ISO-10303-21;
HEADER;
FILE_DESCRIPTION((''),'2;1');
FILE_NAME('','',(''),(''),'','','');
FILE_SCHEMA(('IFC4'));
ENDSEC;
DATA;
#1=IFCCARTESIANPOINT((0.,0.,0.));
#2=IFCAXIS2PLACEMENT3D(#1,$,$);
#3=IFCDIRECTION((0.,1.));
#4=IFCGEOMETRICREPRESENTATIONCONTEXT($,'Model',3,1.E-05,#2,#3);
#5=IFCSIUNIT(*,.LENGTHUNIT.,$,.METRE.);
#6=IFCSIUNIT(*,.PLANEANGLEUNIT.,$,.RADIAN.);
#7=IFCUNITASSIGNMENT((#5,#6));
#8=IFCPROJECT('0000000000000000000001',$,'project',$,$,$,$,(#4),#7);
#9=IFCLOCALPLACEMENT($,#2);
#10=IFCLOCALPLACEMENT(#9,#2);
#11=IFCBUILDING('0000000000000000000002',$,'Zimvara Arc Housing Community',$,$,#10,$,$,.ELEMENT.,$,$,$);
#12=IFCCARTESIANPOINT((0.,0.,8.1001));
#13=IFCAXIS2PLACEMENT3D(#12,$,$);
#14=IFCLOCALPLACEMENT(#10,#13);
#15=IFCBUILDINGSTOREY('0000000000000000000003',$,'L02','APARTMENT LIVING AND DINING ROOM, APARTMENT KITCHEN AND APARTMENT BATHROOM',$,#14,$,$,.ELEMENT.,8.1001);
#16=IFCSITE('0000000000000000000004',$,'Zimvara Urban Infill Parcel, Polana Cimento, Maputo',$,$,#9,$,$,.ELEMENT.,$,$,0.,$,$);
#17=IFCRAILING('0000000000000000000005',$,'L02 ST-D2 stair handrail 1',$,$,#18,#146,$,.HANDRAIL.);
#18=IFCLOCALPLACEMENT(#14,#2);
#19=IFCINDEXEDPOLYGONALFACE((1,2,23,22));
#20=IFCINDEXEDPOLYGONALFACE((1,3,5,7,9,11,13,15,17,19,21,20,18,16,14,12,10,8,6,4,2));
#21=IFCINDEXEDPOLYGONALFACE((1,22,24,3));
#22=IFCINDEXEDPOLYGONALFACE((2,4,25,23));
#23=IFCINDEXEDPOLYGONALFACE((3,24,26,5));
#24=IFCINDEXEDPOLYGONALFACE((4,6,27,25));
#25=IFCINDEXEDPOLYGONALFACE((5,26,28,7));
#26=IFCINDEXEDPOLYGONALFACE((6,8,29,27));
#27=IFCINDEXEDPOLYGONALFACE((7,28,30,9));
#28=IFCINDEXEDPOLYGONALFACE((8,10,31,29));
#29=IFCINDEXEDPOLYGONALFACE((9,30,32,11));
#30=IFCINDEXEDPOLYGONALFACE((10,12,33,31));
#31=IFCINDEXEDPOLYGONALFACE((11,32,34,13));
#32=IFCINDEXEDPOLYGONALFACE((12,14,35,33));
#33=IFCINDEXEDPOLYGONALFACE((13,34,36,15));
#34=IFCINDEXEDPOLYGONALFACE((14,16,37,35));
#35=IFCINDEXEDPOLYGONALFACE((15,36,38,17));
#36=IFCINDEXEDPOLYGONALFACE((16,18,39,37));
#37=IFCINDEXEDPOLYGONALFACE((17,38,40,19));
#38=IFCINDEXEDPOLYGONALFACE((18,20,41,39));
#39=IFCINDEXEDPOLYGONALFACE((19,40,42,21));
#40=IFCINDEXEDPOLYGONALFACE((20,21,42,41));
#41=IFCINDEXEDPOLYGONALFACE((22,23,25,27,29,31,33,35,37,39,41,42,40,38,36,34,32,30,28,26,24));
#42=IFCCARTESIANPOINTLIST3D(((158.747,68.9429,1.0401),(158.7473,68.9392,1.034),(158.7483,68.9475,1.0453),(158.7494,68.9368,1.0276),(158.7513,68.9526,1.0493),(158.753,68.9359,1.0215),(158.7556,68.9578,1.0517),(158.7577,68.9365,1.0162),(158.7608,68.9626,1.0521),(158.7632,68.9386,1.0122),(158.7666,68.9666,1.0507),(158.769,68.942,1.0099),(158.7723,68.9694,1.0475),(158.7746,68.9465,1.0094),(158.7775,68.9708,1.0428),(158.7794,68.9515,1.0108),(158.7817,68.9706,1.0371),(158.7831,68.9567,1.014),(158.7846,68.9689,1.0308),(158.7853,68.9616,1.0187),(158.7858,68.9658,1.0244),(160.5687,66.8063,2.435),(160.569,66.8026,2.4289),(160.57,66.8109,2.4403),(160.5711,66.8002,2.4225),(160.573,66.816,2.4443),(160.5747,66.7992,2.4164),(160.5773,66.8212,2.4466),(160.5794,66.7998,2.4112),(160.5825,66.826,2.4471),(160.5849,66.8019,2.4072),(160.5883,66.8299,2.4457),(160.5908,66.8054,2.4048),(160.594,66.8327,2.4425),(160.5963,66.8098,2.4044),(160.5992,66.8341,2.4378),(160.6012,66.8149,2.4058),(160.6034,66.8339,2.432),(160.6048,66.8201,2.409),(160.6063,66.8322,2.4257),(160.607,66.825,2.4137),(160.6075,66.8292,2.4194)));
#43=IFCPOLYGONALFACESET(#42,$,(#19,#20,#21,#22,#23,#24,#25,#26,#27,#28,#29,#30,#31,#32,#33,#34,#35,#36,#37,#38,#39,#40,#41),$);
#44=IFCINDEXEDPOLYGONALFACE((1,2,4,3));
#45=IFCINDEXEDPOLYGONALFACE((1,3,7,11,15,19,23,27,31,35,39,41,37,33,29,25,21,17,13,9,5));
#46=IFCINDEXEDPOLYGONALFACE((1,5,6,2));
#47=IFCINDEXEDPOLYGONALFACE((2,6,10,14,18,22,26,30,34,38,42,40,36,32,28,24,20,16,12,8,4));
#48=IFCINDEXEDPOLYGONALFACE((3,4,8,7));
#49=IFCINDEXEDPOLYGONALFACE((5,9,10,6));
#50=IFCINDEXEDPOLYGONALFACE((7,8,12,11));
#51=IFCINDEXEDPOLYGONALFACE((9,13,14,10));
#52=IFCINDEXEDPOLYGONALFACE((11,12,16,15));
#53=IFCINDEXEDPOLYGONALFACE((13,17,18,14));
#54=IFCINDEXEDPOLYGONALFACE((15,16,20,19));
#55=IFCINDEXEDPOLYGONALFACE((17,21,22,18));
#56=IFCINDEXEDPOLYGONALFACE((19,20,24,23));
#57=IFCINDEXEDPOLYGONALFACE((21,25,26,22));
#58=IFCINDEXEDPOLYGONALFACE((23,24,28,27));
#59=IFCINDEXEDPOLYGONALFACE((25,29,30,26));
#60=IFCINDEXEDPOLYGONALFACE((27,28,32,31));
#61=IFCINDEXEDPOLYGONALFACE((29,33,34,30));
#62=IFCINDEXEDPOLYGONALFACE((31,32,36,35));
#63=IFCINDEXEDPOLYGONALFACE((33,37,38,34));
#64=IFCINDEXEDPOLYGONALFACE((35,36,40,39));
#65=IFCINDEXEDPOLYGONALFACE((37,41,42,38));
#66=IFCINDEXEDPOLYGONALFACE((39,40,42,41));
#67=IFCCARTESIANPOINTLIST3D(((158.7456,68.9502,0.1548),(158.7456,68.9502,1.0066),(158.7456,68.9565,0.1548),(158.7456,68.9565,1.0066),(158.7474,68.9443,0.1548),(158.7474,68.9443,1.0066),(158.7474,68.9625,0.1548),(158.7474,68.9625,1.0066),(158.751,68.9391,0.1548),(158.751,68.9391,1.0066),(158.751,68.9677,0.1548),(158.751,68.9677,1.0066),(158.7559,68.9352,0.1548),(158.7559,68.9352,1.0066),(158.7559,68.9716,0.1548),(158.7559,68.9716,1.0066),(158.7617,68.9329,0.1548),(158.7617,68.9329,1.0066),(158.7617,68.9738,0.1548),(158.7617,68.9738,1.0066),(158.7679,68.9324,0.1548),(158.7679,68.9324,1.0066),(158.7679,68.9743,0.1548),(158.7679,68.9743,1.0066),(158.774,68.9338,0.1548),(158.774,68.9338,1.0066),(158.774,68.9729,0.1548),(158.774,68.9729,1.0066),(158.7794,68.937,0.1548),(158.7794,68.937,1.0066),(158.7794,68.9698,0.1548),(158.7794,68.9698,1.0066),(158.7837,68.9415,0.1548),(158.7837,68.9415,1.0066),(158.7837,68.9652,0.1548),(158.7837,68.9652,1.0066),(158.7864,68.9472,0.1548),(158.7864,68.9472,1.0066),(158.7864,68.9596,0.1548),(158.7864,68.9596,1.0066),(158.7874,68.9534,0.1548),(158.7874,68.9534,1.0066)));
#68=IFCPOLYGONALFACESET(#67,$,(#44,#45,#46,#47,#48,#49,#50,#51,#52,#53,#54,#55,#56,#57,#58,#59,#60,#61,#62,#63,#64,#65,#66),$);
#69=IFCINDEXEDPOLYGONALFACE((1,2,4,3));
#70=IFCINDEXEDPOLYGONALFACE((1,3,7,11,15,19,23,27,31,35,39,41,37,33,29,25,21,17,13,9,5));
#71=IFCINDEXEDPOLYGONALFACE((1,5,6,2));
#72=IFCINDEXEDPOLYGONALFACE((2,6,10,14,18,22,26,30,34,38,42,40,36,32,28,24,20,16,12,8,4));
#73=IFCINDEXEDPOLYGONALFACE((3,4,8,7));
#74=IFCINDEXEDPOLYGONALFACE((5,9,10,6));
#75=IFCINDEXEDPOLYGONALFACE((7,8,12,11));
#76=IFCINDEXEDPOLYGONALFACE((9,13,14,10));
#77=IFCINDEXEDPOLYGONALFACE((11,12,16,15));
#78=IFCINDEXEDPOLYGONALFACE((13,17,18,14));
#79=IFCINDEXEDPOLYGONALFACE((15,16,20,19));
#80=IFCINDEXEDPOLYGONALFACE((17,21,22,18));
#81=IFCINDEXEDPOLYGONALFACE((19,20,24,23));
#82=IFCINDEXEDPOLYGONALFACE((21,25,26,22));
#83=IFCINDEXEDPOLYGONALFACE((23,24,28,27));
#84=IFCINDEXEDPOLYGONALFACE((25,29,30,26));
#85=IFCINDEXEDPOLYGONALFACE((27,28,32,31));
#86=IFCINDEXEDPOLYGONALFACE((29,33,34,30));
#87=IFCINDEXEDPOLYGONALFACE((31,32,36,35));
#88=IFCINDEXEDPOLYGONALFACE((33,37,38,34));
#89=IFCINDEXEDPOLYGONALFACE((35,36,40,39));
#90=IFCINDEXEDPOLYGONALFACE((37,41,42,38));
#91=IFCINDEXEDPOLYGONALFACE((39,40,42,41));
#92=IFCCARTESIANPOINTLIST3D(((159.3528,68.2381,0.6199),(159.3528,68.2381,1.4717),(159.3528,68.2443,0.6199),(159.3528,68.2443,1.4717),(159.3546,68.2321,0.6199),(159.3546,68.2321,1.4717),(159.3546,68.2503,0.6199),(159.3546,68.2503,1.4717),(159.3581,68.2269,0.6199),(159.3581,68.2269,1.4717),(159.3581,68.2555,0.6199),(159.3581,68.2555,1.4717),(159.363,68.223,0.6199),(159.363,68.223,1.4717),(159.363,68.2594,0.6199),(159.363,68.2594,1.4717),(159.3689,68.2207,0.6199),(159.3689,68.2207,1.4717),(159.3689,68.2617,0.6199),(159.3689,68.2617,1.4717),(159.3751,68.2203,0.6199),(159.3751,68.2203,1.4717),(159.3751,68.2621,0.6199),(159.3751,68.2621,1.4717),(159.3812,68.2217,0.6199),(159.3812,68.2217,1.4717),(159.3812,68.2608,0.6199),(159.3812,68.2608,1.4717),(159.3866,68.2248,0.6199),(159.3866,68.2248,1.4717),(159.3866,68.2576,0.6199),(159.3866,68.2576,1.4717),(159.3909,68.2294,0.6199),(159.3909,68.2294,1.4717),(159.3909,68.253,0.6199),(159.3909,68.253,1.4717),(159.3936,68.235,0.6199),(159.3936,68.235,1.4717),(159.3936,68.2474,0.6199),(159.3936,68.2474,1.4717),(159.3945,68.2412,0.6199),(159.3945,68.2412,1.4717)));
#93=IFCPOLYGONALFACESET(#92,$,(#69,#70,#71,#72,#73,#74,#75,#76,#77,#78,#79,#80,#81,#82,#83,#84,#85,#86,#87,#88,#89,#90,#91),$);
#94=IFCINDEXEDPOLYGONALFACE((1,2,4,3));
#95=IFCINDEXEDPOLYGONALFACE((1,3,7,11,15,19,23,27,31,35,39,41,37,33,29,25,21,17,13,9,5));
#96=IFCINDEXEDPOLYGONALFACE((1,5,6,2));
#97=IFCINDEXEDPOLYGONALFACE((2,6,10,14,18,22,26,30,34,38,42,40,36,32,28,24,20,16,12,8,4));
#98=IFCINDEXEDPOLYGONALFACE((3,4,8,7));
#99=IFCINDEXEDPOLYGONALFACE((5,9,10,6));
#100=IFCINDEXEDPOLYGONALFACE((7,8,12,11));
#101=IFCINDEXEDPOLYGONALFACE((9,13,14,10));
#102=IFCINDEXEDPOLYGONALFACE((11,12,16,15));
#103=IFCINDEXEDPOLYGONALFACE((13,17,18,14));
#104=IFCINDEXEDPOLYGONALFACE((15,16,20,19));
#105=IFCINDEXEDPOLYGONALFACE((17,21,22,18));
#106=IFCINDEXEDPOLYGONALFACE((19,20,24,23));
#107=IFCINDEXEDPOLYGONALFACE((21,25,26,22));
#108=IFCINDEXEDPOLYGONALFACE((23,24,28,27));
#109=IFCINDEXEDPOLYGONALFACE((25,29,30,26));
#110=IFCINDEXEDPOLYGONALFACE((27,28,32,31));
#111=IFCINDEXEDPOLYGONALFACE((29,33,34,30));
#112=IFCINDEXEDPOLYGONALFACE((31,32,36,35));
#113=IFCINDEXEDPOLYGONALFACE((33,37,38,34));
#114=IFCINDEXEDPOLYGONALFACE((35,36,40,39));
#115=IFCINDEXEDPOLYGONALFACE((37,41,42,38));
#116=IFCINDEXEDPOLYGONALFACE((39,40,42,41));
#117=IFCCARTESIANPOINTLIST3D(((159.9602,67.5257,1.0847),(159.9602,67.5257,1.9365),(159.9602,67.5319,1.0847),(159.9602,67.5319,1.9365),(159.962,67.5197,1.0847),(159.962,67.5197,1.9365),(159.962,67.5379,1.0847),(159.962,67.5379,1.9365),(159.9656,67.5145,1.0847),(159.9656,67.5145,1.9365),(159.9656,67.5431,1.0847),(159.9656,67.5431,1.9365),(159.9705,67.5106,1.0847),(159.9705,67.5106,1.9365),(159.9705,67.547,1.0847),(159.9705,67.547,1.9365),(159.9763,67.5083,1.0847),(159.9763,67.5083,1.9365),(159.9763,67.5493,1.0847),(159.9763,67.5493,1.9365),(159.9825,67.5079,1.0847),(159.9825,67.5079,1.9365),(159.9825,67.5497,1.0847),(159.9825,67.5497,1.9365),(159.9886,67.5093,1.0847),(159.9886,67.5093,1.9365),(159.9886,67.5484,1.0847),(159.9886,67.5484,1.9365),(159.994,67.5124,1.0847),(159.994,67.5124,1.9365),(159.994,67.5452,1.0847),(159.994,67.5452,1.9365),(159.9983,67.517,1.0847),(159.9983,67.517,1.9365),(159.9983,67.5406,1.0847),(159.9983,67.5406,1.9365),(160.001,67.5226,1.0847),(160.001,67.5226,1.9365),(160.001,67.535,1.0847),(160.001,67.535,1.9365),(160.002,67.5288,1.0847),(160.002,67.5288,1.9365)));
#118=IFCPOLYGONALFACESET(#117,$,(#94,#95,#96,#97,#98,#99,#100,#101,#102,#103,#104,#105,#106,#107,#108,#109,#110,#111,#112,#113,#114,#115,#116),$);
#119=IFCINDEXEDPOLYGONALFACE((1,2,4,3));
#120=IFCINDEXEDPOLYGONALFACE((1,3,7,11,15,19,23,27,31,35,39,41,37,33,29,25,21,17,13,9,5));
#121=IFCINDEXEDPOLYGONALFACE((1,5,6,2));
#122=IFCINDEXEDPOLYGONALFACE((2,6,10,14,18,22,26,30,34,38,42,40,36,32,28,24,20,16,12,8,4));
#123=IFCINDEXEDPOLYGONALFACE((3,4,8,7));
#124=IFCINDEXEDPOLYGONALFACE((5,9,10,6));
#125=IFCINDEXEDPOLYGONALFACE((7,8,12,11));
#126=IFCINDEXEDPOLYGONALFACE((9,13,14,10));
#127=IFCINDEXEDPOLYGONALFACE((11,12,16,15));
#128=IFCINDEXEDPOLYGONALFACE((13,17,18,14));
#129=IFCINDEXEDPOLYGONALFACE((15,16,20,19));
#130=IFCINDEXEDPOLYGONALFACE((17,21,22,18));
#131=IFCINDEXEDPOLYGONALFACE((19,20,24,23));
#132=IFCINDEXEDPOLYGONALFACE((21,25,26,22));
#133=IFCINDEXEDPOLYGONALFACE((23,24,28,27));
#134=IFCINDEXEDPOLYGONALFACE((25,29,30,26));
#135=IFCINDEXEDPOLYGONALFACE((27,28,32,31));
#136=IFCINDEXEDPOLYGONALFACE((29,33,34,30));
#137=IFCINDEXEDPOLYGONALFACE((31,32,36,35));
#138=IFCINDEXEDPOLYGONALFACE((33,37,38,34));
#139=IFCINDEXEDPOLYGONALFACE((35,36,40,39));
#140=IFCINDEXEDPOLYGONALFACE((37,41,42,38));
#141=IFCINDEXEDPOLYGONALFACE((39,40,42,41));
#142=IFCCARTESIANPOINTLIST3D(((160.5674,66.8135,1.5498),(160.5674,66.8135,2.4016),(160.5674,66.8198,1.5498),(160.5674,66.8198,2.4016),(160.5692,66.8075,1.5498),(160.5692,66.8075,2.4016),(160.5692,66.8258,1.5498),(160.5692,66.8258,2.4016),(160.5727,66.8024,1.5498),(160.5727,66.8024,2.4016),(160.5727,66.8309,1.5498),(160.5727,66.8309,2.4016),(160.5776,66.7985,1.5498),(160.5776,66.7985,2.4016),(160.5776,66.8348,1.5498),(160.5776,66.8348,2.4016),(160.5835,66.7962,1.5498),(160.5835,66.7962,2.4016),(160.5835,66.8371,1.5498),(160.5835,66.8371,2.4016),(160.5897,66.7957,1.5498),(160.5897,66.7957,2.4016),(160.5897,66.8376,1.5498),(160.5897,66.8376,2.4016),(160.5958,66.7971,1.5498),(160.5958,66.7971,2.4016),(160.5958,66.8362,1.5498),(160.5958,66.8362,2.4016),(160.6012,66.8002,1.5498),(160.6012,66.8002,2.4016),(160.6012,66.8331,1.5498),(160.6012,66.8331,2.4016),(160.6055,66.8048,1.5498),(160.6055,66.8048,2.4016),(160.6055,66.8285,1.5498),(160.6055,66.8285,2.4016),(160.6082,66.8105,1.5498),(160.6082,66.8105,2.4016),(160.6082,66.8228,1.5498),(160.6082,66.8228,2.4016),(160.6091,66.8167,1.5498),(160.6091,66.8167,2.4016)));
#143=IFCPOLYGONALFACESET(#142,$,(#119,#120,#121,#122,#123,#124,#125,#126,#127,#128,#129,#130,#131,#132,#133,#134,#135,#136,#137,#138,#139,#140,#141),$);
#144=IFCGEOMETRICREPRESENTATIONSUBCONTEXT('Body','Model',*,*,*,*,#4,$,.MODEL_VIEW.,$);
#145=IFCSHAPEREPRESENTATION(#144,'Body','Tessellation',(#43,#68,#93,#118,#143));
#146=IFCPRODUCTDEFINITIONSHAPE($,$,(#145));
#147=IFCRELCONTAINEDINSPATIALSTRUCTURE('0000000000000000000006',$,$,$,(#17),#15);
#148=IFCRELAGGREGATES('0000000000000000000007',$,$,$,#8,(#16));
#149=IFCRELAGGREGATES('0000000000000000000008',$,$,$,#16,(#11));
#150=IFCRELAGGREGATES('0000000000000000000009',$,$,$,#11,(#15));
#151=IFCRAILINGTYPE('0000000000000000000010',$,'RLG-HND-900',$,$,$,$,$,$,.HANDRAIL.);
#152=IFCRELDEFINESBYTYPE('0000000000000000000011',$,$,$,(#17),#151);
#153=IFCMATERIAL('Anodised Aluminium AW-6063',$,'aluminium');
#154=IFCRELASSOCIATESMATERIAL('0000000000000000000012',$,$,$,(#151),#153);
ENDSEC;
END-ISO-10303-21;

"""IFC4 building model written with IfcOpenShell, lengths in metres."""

from ifc_helpers import new_model, si_unit, direction, frame, origin, origin_2d, place, context, subcontext, project, spatial, circle, extrude, material, type_object, element, save


model = new_model("IFC4")

# Units and contexts
model_context = context("Model", 3, precision=1e-05, world=origin(), true_north=direction((0.0, 1.0)))
body_context = subcontext(model_context, "Body", "Model", "MODEL_VIEW")
ifc_project = project(units=[si_unit("LENGTHUNIT", "METRE"), si_unit("PLANEANGLEUNIT", "RADIAN")], contexts=[model_context])

# Site, building, storey
site_placement = place(None, origin())
site = spatial("IfcSite", under=ifc_project, at=site_placement, Name="Zimvara Urban Infill Parcel, Polana Cimento, Maputo", CompositionType="ELEMENT", RefElevation=0.0)
building_placement = place(site_placement, origin())
building = spatial("IfcBuilding", under=site, at=building_placement, Name="Zimvara Arc Housing Community", CompositionType="ELEMENT")
storey_placement = place(building_placement, frame((0.0, 0.0, 8.1001)))
storey = spatial("IfcBuildingStorey", under=building, at=storey_placement, Name="L02", Description="APARTMENT LIVING AND DINING ROOM, APARTMENT KITCHEN AND APARTMENT BATHROOM", CompositionType="ELEMENT", Elevation=8.1001)

# Railing
ifc_material_1 = material(Name="Anodised Aluminium AW-6063", Category="aluminium")
railing_type_1 = type_object("IfcRailingType", Name="RLG-HND-900", PredefinedType="HANDRAIL", material=ifc_material_1)
railing_1_placement = place(storey_placement, frame((158.7664, 68.9534, 0.1548)))
element("IfcRailing", 1, at=railing_1_placement, inside=storey, type_object=railing_type_1, Name="L02 ST-D2 stair handrail 1", PredefinedType="HANDRAIL", context=body_context, shape_type="SweptSolid", body=[
    extrude(circle(Radius=0.0239, at=origin_2d()), frame((0.0, 0.0, 0.876), z_axis=(0.581041, -0.681489, 0.44493), x_axis=(0.76096, 0.648799, 0.0)), (0.0, 0.0, 1.0), 3.1353),
    extrude(circle(Radius=0.021, at=origin_2d()), origin(), (0.0, 0.0, 1.0), 0.8518),
    extrude(circle(Radius=0.021, at=origin_2d()), frame((0.6072, -0.7122, 0.4651)), (0.0, 0.0, 1.0), 0.8518),
    extrude(circle(Radius=0.021, at=origin_2d()), frame((1.2146, -1.4246, 0.9299)), (0.0, 0.0, 1.0), 0.8518),
    extrude(circle(Radius=0.021, at=origin_2d()), frame((1.8218, -2.1367, 1.395)), (0.0, 0.0, 1.0), 0.8518),
])

save(model, "model.ifc")
